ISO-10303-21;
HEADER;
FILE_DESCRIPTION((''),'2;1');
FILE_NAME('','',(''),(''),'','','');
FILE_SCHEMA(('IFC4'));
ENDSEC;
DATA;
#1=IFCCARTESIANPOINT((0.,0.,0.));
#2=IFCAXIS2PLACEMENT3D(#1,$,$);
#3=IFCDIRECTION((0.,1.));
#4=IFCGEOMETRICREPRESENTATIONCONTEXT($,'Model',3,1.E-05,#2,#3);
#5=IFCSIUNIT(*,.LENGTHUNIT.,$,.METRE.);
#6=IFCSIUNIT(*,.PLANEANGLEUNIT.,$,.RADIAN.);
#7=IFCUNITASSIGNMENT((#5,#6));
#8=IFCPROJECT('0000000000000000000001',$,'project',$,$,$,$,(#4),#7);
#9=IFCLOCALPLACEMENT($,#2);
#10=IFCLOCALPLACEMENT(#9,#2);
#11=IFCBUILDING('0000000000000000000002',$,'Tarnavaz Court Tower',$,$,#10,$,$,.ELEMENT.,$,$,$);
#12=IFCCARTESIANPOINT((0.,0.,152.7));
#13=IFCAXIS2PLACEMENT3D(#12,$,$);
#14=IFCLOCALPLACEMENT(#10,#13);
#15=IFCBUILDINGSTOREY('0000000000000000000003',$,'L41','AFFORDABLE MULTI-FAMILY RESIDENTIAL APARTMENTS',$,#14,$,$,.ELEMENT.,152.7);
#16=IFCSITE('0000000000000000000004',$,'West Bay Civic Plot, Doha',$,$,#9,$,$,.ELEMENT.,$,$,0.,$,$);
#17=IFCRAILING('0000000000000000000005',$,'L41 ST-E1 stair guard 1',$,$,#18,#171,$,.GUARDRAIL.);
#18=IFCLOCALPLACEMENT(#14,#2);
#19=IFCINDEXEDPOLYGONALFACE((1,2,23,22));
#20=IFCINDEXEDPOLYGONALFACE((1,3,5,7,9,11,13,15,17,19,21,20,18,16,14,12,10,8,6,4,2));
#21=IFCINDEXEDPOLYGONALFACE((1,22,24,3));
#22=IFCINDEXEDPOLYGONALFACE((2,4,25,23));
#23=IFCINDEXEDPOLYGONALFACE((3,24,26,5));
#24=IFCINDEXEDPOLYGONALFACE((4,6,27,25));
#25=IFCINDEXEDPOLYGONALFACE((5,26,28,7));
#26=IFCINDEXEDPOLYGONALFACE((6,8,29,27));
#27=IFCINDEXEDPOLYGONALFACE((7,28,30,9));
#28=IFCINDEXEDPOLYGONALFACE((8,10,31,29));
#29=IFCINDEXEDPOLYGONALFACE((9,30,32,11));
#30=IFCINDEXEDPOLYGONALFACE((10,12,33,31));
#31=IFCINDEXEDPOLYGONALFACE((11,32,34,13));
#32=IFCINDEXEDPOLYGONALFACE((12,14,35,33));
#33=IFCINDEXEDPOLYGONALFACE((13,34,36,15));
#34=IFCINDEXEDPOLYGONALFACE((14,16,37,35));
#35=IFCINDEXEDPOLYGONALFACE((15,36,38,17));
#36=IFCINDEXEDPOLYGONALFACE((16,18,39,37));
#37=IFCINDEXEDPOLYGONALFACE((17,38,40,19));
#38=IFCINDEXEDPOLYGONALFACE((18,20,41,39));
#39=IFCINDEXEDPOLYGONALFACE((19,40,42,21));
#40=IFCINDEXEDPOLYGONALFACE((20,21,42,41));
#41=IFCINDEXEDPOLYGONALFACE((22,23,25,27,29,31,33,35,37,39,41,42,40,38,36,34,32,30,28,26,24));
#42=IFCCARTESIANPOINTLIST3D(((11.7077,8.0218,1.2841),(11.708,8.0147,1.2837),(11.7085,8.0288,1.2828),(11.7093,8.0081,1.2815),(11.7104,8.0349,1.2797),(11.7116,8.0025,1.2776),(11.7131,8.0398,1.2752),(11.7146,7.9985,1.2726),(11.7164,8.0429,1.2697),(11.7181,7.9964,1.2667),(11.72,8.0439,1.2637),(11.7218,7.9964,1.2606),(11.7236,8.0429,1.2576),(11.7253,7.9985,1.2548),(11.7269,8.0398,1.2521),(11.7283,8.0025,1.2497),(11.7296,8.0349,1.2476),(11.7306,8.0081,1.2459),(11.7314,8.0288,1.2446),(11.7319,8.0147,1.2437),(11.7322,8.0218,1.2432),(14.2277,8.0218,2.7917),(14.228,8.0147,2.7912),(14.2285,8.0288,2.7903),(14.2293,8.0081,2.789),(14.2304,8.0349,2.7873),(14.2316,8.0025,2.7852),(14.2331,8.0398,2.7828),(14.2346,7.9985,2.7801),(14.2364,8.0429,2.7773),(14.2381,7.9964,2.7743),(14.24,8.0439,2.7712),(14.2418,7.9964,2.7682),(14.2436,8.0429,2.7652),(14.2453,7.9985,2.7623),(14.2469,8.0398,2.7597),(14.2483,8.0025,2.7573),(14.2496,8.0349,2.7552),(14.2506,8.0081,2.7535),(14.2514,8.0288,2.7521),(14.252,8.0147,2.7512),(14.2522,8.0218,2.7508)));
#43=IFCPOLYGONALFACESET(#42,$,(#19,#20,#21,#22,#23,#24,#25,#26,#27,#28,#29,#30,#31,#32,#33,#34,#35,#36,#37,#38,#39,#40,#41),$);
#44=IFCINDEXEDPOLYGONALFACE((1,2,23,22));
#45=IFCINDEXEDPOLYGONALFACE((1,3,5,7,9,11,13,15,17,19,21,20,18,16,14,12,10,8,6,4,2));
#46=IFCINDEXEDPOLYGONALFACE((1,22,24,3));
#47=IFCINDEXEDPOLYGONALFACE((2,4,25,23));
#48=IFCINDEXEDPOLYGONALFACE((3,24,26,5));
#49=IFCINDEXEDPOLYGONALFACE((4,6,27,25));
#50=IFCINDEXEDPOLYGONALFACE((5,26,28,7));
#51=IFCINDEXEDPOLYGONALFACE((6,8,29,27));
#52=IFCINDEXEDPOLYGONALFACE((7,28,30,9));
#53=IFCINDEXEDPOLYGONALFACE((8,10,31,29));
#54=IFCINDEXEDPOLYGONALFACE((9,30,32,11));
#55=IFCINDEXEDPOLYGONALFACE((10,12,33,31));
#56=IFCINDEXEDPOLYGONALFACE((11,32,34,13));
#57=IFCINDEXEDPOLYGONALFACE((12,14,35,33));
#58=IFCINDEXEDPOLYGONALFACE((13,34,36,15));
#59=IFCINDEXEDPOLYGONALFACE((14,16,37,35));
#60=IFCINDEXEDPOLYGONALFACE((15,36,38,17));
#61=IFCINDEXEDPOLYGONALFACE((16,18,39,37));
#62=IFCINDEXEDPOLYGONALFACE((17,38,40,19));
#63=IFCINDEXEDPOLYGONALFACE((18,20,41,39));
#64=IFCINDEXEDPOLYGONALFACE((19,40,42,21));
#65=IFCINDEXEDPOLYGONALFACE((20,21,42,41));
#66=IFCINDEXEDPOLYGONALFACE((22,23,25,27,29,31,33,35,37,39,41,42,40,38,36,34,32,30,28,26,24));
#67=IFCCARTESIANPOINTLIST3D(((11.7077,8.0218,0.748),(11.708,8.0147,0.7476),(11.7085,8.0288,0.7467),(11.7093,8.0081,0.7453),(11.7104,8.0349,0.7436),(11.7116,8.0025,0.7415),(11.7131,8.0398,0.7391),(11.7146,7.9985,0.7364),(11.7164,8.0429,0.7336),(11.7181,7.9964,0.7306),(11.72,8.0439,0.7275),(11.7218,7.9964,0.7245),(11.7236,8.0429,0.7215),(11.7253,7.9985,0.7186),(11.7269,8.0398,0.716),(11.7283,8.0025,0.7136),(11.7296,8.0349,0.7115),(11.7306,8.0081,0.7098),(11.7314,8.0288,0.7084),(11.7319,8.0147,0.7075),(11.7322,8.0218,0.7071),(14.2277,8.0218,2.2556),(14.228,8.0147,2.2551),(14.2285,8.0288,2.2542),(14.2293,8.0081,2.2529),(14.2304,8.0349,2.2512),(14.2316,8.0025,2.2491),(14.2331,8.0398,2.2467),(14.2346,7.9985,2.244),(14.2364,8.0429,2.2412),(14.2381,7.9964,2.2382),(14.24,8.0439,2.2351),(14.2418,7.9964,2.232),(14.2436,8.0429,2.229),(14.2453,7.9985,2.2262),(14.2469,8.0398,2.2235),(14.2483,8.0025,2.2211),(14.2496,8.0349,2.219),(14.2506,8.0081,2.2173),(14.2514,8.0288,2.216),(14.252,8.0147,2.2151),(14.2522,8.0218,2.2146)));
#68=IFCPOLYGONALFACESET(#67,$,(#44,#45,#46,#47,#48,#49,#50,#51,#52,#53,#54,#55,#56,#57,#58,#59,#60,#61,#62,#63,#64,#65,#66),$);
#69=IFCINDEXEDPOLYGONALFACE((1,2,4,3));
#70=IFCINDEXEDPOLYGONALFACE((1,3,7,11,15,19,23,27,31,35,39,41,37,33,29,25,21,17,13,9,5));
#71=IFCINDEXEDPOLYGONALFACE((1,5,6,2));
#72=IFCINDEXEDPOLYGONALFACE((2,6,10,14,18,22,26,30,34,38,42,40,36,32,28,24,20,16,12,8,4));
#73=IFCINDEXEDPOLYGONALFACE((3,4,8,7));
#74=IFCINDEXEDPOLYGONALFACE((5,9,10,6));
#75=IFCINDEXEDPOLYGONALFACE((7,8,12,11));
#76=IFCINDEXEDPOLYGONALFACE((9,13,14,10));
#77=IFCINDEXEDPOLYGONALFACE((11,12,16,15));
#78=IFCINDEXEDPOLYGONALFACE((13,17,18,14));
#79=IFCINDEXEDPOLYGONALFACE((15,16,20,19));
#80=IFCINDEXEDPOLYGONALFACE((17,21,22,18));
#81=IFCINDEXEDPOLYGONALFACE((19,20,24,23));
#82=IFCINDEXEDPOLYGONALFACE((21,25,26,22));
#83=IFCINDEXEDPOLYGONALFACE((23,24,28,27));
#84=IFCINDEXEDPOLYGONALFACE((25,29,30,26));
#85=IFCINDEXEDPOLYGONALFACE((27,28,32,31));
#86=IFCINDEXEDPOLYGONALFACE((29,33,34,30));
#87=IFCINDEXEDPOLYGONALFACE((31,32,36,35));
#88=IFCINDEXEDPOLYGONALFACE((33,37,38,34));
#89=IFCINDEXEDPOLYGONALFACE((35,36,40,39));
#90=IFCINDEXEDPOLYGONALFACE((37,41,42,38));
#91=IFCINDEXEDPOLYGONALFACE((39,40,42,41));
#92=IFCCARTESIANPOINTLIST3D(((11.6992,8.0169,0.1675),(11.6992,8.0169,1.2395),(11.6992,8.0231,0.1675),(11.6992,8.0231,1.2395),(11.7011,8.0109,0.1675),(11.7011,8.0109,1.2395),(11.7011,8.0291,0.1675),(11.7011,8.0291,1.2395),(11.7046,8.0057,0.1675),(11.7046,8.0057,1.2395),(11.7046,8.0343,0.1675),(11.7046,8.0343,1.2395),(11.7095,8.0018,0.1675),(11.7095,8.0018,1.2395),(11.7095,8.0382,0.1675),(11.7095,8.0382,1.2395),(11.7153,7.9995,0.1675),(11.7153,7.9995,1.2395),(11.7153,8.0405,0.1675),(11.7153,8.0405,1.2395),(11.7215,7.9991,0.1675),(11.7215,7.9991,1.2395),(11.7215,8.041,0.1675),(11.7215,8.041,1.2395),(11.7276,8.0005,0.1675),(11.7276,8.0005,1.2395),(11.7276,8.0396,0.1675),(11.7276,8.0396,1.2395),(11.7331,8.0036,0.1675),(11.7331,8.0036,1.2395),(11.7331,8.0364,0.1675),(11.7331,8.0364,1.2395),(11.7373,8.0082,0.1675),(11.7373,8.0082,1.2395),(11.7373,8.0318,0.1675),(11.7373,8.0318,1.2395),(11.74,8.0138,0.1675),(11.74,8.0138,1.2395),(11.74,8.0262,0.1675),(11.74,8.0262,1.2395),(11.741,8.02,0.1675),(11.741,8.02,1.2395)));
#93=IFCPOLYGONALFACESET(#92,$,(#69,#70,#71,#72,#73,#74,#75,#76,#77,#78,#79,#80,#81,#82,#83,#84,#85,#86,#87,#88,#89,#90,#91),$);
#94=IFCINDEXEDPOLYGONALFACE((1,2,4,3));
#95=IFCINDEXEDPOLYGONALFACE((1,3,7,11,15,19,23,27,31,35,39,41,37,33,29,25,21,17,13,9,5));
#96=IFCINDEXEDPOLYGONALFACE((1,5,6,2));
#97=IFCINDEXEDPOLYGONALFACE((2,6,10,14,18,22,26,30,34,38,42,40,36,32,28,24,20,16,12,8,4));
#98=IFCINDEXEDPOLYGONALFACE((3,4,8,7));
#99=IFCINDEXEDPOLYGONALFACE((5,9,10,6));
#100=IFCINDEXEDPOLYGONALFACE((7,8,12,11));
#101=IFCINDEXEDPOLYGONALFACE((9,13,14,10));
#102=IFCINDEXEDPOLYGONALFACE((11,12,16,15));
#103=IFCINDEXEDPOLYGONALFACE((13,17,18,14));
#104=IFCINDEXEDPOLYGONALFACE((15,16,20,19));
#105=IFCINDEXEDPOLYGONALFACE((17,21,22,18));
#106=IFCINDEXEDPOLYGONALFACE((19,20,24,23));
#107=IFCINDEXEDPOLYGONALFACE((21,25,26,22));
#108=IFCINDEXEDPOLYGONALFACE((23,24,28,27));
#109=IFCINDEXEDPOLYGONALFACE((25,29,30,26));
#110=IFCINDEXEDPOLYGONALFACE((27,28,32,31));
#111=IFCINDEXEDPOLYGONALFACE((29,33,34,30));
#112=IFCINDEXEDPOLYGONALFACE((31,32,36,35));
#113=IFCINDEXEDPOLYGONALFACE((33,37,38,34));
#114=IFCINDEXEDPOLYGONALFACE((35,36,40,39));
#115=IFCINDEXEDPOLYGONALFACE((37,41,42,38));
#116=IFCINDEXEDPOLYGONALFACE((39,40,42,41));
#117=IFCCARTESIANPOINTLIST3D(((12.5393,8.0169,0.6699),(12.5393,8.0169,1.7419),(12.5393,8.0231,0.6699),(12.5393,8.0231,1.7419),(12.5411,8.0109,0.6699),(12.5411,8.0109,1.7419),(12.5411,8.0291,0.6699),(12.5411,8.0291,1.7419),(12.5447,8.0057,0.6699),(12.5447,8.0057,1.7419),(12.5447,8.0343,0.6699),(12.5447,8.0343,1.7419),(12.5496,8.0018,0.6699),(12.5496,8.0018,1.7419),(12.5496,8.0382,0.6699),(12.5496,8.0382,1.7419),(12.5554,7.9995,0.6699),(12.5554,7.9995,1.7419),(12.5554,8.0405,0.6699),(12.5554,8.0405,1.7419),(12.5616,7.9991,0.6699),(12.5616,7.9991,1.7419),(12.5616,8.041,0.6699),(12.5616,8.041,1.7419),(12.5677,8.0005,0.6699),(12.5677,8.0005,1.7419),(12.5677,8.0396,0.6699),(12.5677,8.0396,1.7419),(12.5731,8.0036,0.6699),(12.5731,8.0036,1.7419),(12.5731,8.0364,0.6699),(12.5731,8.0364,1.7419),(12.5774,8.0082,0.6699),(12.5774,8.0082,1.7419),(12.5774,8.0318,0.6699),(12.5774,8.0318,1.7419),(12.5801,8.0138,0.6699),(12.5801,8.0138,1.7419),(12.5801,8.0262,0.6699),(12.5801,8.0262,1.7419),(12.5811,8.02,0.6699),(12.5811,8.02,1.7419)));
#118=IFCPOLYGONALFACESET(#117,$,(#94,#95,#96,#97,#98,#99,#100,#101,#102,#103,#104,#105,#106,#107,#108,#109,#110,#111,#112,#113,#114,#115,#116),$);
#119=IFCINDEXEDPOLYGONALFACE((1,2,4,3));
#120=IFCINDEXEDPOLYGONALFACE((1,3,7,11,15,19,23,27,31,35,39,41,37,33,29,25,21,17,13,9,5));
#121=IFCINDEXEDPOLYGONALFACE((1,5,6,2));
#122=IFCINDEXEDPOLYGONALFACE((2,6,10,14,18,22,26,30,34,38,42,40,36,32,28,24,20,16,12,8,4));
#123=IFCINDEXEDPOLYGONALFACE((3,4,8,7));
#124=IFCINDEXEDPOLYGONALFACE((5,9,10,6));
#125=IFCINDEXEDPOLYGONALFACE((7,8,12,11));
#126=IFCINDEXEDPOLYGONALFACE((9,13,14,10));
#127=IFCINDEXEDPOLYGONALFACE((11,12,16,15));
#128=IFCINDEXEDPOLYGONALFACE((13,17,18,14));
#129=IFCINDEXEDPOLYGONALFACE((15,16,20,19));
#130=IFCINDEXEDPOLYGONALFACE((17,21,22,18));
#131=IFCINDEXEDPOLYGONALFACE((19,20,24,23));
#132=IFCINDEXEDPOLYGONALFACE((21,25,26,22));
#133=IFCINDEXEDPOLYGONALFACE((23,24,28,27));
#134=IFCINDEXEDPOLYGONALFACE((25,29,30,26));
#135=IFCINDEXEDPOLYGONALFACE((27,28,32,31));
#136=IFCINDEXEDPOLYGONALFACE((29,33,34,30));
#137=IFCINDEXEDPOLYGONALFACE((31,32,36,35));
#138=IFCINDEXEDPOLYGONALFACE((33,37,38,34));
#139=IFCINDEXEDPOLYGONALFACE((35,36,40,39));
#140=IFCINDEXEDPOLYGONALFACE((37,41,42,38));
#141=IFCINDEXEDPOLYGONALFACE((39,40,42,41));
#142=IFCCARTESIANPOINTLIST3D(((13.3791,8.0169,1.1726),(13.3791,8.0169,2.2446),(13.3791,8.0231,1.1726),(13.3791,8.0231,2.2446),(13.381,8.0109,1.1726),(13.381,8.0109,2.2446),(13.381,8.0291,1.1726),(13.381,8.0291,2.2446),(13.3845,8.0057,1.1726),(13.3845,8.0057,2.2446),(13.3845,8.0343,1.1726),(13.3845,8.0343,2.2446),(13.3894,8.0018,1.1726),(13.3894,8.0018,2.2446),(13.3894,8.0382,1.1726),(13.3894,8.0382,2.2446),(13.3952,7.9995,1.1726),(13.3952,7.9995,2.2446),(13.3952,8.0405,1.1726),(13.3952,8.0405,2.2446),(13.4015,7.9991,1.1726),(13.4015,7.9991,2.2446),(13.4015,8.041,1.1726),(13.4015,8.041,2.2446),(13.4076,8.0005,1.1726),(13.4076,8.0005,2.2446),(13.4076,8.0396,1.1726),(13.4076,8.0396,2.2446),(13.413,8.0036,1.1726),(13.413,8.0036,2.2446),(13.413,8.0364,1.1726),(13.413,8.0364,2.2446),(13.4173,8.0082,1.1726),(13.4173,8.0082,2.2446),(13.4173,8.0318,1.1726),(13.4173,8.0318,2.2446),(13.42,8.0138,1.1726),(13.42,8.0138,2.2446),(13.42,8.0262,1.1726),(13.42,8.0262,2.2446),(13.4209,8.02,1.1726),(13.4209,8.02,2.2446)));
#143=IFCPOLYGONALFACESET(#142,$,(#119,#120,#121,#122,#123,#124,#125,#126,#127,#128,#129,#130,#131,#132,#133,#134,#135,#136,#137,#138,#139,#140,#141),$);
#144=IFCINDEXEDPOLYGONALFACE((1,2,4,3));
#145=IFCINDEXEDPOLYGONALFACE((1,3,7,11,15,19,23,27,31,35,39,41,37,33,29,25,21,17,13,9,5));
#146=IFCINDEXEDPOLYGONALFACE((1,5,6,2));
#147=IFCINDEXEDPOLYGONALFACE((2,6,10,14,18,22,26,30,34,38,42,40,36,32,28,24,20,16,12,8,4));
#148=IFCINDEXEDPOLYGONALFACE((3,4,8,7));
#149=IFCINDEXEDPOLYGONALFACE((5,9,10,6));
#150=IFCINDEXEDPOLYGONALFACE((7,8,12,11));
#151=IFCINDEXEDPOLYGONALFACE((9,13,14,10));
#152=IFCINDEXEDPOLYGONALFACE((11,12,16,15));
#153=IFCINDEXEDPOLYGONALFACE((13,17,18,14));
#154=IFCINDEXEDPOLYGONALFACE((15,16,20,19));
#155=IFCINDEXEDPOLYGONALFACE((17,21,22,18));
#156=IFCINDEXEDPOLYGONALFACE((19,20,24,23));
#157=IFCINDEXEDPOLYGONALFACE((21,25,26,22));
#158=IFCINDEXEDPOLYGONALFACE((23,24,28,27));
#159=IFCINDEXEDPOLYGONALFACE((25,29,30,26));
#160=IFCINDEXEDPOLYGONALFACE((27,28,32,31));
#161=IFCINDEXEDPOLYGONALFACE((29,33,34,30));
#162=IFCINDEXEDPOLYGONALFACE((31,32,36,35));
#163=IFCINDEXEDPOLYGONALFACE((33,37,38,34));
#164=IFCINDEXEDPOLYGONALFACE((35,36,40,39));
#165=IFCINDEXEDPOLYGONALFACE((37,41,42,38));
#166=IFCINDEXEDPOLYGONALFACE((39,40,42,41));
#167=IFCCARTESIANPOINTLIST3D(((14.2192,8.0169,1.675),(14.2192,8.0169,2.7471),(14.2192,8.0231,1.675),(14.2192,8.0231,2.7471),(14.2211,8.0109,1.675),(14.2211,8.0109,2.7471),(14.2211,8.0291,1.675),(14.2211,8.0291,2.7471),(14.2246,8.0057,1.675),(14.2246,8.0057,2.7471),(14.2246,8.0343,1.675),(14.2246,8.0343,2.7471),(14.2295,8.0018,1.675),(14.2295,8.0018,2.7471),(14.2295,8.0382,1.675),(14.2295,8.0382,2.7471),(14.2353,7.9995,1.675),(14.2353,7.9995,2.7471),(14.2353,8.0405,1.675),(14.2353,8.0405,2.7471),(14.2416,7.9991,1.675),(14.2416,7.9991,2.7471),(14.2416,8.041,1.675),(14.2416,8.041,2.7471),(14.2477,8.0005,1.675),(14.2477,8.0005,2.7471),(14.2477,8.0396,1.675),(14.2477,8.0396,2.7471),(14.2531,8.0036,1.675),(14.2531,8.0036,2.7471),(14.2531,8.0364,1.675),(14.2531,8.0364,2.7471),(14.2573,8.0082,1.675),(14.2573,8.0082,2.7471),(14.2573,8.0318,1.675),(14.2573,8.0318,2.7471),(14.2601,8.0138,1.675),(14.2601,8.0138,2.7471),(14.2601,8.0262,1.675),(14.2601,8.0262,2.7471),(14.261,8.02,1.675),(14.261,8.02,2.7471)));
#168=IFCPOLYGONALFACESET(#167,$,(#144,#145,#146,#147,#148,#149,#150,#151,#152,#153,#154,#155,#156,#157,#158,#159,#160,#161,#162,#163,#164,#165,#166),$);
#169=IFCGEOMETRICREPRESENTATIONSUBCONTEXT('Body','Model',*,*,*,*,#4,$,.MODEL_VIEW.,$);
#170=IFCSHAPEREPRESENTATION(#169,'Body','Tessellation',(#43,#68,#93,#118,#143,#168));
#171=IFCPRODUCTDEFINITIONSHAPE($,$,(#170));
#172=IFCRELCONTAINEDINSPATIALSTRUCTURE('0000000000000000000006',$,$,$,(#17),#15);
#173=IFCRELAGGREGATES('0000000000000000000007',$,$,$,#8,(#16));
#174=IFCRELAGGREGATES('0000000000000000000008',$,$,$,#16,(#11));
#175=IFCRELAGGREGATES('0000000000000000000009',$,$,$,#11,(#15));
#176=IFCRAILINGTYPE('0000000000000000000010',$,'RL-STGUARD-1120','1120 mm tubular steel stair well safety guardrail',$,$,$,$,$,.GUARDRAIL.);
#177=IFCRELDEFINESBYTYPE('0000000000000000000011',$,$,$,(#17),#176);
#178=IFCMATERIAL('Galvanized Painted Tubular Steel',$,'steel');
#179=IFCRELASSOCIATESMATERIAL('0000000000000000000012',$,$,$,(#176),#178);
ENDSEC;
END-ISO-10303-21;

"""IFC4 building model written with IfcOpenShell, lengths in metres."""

from ifc_helpers import new_model, si_unit, direction, frame, origin, origin_2d, place, context, subcontext, project, spatial, circle, extrude, material, type_object, element, save


model = new_model("IFC4")

# Units and contexts
model_context = context("Model", 3, precision=1e-05, world=origin(), true_north=direction((0.0, 1.0)))
body_context = subcontext(model_context, "Body", "Model", "MODEL_VIEW")
ifc_project = project(units=[si_unit("LENGTHUNIT", "METRE"), si_unit("PLANEANGLEUNIT", "RADIAN")], contexts=[model_context])

# Site, building, storey
site_placement = place(None, origin())
site = spatial("IfcSite", under=ifc_project, at=site_placement, Name="West Bay Civic Plot, Doha", CompositionType="ELEMENT", RefElevation=0.0)
building_placement = place(site_placement, origin())
building = spatial("IfcBuilding", under=site, at=building_placement, Name="Tarnavaz Court Tower", CompositionType="ELEMENT")
storey_placement = place(building_placement, frame((0.0, 0.0, 152.7)))
storey = spatial("IfcBuildingStorey", under=building, at=storey_placement, Name="L41", Description="AFFORDABLE MULTI-FAMILY RESIDENTIAL APARTMENTS", CompositionType="ELEMENT", Elevation=152.7)

# Railing
ifc_material_1 = material(Name="Galvanized Painted Tubular Steel", Category="steel")
railing_type_1 = type_object("IfcRailingType", Name="RL-STGUARD-1120", Description="1120 mm tubular steel stair well safety guardrail", PredefinedType="GUARDRAIL", material=ifc_material_1)
railing_1_placement = place(storey_placement, frame((11.72, 8.02, 0.1675)))
element("IfcRailing", 1, at=railing_1_placement, inside=storey, type_object=railing_type_1, Name="L41 ST-E1 stair guard 1", PredefinedType="GUARDRAIL", context=body_context, shape_type="SweptSolid", body=[
    extrude(circle(Radius=0.0239, at=origin_2d()), frame((0.0, 0.0, 1.0962), z_axis=(0.85816, 0.0, 0.513383), x_axis=(0.0, 1.0, 0.0)), (0.0, 0.0, 1.0), 2.9365),
    extrude(circle(Radius=0.0239, at=origin_2d()), frame((0.0, 0.0, 0.5601), z_axis=(0.85816, 0.0, 0.513383), x_axis=(0.0, 1.0, 0.0)), (0.0, 0.0, 1.0), 2.9365),
    extrude(circle(Radius=0.021, at=origin_2d()), origin(), (0.0, 0.0, 1.0), 1.072),
    extrude(circle(Radius=0.021, at=origin_2d()), frame((0.8401, 0.0, 0.5024)), (0.0, 0.0, 1.0), 1.072),
    extrude(circle(Radius=0.021, at=origin_2d()), frame((1.6799, 0.0, 1.0051)), (0.0, 0.0, 1.0), 1.072),
    extrude(circle(Radius=0.021, at=origin_2d()), frame((2.52, 0.0, 1.5076)), (0.0, 0.0, 1.0), 1.072),
])

save(model, "model.ifc")
